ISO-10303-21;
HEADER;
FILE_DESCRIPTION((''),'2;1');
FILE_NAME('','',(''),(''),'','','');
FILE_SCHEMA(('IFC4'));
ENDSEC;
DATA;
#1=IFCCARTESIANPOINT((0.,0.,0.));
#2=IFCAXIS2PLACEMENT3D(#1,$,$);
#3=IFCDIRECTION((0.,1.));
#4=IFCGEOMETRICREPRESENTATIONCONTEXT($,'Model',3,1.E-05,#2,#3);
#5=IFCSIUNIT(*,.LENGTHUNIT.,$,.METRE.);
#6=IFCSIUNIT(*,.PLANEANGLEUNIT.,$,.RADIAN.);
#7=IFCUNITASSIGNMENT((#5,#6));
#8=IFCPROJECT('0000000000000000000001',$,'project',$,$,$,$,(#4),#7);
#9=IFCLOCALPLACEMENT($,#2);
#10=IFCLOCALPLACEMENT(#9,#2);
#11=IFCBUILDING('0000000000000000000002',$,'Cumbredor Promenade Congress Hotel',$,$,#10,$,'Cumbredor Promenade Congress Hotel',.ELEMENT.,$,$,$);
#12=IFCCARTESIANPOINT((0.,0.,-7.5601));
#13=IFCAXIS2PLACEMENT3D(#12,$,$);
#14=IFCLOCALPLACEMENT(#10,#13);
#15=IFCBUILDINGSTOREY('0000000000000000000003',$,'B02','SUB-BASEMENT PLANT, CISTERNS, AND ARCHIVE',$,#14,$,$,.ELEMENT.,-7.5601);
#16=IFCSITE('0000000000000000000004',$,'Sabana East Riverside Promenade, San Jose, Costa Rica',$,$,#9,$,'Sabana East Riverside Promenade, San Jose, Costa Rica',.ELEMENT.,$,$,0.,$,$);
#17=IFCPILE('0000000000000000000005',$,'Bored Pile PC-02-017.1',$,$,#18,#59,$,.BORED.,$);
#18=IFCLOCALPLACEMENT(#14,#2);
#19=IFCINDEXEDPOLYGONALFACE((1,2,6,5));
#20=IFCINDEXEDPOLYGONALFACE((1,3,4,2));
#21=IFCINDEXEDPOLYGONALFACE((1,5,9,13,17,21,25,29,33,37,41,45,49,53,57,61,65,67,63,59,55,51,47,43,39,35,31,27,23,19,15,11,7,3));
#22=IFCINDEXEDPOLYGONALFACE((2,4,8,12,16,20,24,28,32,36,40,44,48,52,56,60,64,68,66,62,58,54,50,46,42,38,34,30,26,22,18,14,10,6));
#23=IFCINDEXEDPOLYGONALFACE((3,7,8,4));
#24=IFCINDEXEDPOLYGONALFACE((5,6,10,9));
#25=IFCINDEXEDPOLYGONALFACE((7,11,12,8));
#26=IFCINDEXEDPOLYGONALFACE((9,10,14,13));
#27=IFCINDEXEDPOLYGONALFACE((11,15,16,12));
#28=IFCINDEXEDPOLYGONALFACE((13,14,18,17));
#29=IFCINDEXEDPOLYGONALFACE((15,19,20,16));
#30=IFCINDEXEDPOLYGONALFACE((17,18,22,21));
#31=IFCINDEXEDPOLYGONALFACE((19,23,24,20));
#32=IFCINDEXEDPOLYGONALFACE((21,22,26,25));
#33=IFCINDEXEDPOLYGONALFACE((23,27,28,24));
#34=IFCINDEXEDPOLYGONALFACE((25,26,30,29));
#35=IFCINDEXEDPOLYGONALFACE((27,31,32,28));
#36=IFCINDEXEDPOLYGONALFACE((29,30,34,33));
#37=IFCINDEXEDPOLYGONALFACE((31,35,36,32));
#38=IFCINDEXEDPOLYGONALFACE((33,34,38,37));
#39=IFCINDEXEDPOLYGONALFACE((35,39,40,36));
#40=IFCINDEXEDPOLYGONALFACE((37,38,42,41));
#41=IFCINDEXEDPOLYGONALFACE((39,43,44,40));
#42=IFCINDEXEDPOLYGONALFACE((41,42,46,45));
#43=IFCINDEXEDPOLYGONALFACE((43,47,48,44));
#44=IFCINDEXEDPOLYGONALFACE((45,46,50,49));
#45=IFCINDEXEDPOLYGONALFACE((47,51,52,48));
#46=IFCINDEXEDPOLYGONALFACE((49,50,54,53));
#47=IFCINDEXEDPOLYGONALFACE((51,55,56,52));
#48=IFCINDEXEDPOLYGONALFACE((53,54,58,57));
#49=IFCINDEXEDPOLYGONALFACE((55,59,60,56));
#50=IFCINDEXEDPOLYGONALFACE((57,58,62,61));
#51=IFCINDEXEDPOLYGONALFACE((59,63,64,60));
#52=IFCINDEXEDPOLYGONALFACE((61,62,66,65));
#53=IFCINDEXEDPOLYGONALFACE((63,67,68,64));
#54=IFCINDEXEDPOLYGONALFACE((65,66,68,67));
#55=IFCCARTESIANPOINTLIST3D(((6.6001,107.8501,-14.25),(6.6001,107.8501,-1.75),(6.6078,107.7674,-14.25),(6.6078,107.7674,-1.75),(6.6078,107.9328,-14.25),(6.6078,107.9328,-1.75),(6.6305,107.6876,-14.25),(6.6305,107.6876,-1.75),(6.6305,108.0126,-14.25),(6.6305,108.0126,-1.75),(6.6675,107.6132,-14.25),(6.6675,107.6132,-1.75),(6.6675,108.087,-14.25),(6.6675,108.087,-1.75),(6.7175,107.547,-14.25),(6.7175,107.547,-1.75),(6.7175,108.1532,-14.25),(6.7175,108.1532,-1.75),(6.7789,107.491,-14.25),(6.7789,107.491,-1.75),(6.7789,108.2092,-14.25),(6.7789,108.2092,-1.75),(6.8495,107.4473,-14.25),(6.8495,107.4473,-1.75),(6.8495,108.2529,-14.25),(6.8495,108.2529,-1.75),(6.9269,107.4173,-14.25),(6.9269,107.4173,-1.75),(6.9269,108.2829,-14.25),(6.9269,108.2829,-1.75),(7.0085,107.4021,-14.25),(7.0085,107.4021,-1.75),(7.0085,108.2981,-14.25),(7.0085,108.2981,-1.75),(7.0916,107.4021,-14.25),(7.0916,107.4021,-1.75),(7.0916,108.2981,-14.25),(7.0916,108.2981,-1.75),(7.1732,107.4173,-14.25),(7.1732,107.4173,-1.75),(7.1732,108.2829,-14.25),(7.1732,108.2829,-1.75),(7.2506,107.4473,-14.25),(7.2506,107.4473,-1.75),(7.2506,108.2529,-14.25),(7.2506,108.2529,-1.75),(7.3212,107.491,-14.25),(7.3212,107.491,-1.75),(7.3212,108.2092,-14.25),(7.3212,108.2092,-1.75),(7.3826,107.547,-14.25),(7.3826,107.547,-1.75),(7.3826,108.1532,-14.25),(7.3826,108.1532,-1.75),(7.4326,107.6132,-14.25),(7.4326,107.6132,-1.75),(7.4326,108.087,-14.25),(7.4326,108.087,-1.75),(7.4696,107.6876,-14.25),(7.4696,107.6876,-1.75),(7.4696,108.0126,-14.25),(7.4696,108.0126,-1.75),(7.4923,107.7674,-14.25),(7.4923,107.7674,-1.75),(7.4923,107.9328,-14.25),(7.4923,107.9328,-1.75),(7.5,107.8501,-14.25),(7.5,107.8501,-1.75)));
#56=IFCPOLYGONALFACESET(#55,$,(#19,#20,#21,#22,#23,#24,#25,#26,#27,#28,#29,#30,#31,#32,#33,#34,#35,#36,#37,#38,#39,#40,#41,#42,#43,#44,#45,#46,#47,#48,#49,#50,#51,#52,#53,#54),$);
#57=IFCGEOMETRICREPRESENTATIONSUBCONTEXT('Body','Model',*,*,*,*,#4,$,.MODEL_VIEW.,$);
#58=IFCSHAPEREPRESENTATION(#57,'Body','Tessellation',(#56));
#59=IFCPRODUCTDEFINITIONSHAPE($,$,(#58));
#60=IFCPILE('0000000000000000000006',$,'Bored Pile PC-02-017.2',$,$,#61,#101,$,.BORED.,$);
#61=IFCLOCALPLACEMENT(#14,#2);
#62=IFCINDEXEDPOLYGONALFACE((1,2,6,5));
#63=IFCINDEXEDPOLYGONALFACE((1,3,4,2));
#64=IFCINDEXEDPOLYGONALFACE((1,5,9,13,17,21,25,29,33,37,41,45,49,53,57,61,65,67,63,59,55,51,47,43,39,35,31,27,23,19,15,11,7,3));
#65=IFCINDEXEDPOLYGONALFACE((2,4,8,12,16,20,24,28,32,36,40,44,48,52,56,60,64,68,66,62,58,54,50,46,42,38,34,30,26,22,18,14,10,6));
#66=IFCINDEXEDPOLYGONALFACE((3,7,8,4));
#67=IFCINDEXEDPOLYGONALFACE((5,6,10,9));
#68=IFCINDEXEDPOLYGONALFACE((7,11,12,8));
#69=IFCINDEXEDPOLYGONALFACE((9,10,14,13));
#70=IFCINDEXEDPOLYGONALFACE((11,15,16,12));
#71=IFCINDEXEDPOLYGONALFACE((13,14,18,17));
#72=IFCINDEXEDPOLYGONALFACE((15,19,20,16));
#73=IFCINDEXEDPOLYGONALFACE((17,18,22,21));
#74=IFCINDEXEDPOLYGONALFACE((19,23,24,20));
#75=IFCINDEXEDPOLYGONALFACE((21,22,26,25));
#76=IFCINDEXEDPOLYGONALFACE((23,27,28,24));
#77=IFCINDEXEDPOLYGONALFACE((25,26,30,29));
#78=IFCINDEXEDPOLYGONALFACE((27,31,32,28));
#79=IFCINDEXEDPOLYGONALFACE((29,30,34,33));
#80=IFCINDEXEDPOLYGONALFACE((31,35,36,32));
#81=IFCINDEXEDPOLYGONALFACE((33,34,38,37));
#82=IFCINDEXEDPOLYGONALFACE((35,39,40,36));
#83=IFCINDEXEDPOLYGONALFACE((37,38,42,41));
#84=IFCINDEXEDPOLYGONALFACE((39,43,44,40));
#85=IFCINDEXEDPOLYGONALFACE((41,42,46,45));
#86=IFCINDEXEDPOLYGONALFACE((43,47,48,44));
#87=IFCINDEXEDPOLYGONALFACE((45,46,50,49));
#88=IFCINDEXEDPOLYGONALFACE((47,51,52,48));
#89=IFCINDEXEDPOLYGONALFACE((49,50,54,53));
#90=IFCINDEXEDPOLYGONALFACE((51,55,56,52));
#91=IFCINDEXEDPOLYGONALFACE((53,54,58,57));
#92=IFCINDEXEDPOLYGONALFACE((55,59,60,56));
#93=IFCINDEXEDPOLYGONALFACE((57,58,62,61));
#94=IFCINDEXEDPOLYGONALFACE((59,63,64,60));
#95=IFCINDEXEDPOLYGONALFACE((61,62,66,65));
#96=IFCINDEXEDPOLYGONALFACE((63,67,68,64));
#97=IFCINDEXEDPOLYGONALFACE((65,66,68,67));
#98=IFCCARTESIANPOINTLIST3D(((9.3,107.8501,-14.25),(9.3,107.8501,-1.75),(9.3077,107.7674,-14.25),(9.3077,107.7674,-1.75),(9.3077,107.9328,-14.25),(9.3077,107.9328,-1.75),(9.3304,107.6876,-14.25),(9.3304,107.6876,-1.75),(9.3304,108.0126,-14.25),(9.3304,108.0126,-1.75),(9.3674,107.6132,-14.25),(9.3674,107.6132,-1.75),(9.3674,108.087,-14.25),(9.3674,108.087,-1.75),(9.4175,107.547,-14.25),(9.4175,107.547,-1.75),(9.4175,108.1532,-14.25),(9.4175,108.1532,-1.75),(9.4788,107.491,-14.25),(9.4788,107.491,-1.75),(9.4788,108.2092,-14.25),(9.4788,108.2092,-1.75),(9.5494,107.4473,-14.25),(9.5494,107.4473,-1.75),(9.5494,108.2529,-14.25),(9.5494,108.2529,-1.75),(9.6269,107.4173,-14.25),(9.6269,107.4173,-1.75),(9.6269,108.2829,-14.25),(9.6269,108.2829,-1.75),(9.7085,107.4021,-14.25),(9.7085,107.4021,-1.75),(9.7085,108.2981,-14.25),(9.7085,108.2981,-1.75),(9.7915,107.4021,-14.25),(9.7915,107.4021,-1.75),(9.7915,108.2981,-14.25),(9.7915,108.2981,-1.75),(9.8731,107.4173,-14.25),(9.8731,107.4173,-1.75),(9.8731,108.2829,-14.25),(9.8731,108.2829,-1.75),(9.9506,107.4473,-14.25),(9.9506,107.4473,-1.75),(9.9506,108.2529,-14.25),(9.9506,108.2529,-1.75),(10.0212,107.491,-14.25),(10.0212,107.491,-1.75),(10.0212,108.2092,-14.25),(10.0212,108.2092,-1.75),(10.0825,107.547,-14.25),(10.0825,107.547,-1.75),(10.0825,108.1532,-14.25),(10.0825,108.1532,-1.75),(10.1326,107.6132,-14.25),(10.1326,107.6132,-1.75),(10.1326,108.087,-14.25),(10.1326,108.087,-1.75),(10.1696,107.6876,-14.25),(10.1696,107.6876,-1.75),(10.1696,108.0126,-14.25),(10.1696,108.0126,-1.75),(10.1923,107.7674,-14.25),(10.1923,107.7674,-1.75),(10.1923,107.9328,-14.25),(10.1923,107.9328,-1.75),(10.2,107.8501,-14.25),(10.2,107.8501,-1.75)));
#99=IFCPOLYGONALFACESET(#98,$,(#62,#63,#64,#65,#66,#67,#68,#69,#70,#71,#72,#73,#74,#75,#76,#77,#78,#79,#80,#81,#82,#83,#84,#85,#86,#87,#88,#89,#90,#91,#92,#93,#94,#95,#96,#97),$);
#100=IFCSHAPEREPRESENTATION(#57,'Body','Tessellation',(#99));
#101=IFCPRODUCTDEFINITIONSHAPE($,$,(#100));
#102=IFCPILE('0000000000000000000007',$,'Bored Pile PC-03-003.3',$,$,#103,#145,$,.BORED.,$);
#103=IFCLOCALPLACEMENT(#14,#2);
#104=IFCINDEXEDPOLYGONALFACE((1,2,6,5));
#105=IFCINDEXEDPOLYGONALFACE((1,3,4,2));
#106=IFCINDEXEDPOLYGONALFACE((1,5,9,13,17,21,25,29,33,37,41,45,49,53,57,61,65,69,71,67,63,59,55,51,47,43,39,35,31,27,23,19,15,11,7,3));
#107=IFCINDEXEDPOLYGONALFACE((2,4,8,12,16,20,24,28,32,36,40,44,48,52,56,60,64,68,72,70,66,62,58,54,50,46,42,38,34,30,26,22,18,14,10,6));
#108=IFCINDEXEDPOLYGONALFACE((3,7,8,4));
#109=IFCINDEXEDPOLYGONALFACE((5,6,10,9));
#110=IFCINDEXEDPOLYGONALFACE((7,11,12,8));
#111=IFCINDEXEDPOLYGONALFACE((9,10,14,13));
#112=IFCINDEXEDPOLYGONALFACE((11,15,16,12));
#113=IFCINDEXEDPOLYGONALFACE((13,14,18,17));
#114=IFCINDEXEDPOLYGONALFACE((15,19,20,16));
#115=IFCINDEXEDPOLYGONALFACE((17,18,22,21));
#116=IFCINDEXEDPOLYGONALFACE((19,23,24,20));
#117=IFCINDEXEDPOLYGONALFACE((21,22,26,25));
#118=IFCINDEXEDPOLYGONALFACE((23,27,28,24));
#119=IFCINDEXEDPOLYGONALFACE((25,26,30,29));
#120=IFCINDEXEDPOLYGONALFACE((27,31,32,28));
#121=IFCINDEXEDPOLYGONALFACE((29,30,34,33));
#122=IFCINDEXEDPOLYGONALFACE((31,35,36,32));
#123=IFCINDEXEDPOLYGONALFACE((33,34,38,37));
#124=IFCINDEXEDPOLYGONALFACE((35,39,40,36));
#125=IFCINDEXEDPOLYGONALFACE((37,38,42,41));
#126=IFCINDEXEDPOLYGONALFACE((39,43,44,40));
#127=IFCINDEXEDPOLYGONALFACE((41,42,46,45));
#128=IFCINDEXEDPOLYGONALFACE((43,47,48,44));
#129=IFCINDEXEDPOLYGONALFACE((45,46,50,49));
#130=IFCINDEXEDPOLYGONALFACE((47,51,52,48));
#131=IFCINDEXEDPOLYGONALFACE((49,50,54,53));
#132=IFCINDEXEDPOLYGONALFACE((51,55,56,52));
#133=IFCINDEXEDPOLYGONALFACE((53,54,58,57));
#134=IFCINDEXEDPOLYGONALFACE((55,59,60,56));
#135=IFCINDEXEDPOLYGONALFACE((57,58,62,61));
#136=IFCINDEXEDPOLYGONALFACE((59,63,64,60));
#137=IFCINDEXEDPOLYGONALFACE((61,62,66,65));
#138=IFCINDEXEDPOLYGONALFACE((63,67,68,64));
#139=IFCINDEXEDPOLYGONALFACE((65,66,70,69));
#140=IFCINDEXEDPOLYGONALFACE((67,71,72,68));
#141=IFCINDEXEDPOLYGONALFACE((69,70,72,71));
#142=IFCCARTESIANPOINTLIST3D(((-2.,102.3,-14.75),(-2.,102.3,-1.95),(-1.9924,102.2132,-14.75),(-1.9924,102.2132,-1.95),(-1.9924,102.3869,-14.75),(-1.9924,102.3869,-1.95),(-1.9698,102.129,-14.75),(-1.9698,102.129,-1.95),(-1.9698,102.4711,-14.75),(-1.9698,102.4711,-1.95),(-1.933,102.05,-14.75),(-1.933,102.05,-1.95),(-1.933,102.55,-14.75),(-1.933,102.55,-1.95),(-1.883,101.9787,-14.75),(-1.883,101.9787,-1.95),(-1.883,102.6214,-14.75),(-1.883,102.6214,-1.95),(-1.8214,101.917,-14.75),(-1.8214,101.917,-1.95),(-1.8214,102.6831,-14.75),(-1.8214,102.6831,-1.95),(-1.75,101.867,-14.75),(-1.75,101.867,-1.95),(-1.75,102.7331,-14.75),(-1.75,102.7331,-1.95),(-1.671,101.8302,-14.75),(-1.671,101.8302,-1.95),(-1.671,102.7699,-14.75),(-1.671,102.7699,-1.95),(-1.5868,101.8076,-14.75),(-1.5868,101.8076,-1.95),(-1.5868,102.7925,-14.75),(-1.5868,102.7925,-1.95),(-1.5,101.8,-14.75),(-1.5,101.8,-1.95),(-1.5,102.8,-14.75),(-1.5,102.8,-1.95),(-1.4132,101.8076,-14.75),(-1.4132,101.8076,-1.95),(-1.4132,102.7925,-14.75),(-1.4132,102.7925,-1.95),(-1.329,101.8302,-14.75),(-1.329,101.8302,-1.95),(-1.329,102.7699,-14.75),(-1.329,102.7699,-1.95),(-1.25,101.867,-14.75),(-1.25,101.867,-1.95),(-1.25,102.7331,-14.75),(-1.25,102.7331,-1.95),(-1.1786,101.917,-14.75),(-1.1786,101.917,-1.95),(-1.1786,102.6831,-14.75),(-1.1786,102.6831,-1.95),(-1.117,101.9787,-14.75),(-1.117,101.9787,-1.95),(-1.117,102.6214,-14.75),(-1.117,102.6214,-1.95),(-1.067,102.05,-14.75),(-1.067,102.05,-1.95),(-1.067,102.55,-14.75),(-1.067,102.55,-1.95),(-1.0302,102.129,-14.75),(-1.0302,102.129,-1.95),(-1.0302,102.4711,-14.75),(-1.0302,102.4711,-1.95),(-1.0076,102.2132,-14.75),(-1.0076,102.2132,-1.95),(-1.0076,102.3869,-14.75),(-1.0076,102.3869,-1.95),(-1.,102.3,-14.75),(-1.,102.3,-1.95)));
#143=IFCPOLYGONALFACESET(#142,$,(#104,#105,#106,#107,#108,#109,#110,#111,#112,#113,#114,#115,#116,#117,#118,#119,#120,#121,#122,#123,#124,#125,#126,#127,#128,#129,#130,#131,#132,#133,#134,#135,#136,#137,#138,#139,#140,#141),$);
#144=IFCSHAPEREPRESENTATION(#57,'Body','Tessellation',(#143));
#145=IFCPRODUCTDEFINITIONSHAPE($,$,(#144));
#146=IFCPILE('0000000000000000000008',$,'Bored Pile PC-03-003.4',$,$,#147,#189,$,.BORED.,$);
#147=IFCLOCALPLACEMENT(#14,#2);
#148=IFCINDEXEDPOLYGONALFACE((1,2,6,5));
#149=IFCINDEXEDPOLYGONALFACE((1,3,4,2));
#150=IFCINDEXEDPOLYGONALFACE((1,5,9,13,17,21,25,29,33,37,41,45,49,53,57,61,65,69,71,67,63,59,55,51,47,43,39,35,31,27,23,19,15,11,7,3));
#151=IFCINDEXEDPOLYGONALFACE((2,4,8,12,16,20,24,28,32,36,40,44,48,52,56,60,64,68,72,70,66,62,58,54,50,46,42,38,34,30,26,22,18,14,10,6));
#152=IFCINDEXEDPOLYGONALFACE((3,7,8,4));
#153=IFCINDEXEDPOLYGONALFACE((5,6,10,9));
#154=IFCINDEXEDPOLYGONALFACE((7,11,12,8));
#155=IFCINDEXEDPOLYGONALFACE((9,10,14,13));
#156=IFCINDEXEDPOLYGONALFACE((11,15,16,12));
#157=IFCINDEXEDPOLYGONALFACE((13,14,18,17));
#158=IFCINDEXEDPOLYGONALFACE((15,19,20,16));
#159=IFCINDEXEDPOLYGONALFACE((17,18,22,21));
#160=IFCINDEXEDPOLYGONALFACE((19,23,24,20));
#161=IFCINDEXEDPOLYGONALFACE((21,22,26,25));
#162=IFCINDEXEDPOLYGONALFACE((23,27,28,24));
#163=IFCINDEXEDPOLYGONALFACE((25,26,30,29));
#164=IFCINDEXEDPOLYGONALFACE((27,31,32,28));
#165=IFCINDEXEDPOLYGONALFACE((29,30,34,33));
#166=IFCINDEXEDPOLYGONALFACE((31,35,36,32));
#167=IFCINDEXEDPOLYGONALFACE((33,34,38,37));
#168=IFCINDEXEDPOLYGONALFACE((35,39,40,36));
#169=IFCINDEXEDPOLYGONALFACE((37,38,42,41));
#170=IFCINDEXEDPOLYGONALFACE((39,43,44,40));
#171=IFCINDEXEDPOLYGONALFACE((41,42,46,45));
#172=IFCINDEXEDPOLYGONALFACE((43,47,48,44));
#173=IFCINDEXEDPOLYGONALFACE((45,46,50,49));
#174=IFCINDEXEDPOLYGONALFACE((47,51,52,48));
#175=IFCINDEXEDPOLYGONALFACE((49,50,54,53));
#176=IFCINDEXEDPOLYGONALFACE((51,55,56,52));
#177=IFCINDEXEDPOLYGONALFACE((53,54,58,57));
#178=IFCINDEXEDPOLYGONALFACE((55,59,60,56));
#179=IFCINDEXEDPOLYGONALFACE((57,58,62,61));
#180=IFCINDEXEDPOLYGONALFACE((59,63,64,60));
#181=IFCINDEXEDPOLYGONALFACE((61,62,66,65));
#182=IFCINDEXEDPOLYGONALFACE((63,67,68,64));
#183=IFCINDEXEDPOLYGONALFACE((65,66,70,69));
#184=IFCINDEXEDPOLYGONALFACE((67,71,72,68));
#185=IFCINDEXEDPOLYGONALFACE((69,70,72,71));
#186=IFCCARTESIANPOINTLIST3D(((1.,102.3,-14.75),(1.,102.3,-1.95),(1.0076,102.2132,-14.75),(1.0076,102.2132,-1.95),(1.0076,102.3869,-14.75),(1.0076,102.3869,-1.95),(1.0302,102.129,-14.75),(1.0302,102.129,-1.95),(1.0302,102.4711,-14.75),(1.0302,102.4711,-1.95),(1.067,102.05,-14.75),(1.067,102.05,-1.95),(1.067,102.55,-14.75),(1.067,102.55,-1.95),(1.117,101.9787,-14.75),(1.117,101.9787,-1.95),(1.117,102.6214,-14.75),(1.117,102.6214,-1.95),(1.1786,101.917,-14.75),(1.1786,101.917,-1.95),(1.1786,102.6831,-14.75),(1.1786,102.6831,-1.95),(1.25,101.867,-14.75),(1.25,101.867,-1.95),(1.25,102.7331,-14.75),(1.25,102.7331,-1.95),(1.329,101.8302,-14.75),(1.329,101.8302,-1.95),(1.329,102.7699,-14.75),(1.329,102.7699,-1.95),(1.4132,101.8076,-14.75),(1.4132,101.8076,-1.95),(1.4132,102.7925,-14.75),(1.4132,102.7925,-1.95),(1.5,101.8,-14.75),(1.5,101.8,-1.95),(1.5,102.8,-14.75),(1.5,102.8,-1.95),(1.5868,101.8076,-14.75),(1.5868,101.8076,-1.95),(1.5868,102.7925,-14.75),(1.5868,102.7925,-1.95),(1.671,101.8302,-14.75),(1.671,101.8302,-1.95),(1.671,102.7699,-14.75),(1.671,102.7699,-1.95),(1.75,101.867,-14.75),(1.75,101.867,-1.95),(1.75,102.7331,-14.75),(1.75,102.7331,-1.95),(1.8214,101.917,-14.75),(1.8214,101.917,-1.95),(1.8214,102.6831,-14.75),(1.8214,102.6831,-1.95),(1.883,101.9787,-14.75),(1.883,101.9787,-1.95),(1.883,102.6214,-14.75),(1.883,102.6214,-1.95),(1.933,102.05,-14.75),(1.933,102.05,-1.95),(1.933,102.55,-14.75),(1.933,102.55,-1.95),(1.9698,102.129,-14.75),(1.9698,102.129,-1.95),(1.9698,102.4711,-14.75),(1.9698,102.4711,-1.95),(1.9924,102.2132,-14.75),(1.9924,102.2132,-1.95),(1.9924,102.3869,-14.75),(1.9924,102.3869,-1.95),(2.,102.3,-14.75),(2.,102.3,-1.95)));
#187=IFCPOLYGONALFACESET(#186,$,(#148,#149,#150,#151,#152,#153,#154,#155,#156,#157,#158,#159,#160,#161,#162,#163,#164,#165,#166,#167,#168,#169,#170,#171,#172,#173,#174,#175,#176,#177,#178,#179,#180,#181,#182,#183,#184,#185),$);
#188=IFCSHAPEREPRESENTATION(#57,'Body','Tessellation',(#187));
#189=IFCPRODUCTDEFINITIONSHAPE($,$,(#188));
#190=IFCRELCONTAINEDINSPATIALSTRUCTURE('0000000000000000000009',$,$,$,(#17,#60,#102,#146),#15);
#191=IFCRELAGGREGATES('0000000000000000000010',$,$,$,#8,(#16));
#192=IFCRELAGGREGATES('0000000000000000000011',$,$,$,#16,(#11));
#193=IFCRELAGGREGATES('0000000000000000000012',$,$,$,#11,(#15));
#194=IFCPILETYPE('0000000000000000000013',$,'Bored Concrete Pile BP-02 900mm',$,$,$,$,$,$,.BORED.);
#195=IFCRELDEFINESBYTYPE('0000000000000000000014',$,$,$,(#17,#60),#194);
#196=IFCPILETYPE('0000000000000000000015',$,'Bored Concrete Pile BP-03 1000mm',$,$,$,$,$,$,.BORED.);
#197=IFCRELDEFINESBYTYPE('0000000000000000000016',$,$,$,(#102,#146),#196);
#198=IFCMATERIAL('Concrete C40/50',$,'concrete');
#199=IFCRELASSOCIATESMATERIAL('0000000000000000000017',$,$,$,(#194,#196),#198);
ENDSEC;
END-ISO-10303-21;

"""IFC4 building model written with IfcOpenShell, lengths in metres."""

from ifc_helpers import new_model, si_unit, direction, frame, origin, origin_2d, place, context, subcontext, project, spatial, circle, extrude, material, material_profile, profile_set, type_object, element, save


model = new_model("IFC4")

# Units and contexts
model_context = context("Model", 3, precision=1e-05, world=origin(), true_north=direction((0.0, 1.0)))
body_context = subcontext(model_context, "Body", "Model", "MODEL_VIEW")
ifc_project = project(units=[si_unit("LENGTHUNIT", "METRE"), si_unit("PLANEANGLEUNIT", "RADIAN")], contexts=[model_context])

# Site, building, storey
site_placement = place(None, origin())
site = spatial("IfcSite", under=ifc_project, at=site_placement, Name="Sabana East Riverside Promenade, San Jose, Costa Rica", LongName="Sabana East Riverside Promenade, San Jose, Costa Rica", CompositionType="ELEMENT", RefElevation=0.0)
building_placement = place(site_placement, origin())
building = spatial("IfcBuilding", under=site, at=building_placement, Name="Cumbredor Promenade Congress Hotel", LongName="Cumbredor Promenade Congress Hotel", CompositionType="ELEMENT")
storey_placement = place(building_placement, frame((0.0, 0.0, -7.5601)))
storey = spatial("IfcBuildingStorey", under=building, at=storey_placement, Name="B02", Description="SUB-BASEMENT PLANT, CISTERNS, AND ARCHIVE", CompositionType="ELEMENT", Elevation=-7.5601)

# Piles
ifc_material_1 = material(Name="Concrete C40/50", Category="concrete")
ifc_material_profile_1 = material_profile(ifc_material_1, circle(Radius=0.45, at=origin_2d()), Name="PILE D900")
ifc_profile_set_1 = profile_set([ifc_material_profile_1], Name="Concrete C40/50")
pile_type_1 = type_object("IfcPileType", Name="Bored Concrete Pile BP-02 900mm", PredefinedType="BORED", material=ifc_profile_set_1)
for number, where, z_axis, x_axis, name in (
    (1, (7.05, 107.8501, -1.75), (0.0, 0.0, -1.0), (1.0, 0.0, 0.0), "Bored Pile PC-02-017.1"),
    (2, (9.75, 107.8501, -1.75), (0.0, 0.0, -1.0), (1.0, 0.0, 0.0), "Bored Pile PC-02-017.2"),
):
    element("IfcPile", number, at=place(storey_placement, frame(where, z_axis=z_axis, x_axis=x_axis)), inside=storey, type_object=pile_type_1, Name=name, PredefinedType="BORED", context=body_context, shape_type="SweptSolid", body=[
        extrude(circle(Radius=0.45, at=origin_2d()), origin(), (0.0, 0.0, 1.0), 12.5),
    ])
ifc_material_profile_2 = material_profile(ifc_material_1, circle(Radius=0.5, at=origin_2d()), Name="PILE D1000")
ifc_profile_set_2 = profile_set([ifc_material_profile_2], Name="Concrete C40/50")
pile_type_2 = type_object("IfcPileType", Name="Bored Concrete Pile BP-03 1000mm", PredefinedType="BORED", material=ifc_profile_set_2)
for number, where, z_axis, x_axis, name in (
    (3, (-1.5, 102.3, -1.95), (0.0, 0.0, -1.0), (1.0, 0.0, 0.0), "Bored Pile PC-03-003.3"),
    (4, (1.5, 102.3, -1.95), (0.0, 0.0, -1.0), (1.0, 0.0, 0.0), "Bored Pile PC-03-003.4"),
):
    element("IfcPile", number, at=place(storey_placement, frame(where, z_axis=z_axis, x_axis=x_axis)), inside=storey, type_object=pile_type_2, Name=name, PredefinedType="BORED", context=body_context, shape_type="SweptSolid", body=[
        extrude(circle(Radius=0.5, at=origin_2d()), origin(), (0.0, 0.0, 1.0), 12.8),
    ])

save(model, "model.ifc")
